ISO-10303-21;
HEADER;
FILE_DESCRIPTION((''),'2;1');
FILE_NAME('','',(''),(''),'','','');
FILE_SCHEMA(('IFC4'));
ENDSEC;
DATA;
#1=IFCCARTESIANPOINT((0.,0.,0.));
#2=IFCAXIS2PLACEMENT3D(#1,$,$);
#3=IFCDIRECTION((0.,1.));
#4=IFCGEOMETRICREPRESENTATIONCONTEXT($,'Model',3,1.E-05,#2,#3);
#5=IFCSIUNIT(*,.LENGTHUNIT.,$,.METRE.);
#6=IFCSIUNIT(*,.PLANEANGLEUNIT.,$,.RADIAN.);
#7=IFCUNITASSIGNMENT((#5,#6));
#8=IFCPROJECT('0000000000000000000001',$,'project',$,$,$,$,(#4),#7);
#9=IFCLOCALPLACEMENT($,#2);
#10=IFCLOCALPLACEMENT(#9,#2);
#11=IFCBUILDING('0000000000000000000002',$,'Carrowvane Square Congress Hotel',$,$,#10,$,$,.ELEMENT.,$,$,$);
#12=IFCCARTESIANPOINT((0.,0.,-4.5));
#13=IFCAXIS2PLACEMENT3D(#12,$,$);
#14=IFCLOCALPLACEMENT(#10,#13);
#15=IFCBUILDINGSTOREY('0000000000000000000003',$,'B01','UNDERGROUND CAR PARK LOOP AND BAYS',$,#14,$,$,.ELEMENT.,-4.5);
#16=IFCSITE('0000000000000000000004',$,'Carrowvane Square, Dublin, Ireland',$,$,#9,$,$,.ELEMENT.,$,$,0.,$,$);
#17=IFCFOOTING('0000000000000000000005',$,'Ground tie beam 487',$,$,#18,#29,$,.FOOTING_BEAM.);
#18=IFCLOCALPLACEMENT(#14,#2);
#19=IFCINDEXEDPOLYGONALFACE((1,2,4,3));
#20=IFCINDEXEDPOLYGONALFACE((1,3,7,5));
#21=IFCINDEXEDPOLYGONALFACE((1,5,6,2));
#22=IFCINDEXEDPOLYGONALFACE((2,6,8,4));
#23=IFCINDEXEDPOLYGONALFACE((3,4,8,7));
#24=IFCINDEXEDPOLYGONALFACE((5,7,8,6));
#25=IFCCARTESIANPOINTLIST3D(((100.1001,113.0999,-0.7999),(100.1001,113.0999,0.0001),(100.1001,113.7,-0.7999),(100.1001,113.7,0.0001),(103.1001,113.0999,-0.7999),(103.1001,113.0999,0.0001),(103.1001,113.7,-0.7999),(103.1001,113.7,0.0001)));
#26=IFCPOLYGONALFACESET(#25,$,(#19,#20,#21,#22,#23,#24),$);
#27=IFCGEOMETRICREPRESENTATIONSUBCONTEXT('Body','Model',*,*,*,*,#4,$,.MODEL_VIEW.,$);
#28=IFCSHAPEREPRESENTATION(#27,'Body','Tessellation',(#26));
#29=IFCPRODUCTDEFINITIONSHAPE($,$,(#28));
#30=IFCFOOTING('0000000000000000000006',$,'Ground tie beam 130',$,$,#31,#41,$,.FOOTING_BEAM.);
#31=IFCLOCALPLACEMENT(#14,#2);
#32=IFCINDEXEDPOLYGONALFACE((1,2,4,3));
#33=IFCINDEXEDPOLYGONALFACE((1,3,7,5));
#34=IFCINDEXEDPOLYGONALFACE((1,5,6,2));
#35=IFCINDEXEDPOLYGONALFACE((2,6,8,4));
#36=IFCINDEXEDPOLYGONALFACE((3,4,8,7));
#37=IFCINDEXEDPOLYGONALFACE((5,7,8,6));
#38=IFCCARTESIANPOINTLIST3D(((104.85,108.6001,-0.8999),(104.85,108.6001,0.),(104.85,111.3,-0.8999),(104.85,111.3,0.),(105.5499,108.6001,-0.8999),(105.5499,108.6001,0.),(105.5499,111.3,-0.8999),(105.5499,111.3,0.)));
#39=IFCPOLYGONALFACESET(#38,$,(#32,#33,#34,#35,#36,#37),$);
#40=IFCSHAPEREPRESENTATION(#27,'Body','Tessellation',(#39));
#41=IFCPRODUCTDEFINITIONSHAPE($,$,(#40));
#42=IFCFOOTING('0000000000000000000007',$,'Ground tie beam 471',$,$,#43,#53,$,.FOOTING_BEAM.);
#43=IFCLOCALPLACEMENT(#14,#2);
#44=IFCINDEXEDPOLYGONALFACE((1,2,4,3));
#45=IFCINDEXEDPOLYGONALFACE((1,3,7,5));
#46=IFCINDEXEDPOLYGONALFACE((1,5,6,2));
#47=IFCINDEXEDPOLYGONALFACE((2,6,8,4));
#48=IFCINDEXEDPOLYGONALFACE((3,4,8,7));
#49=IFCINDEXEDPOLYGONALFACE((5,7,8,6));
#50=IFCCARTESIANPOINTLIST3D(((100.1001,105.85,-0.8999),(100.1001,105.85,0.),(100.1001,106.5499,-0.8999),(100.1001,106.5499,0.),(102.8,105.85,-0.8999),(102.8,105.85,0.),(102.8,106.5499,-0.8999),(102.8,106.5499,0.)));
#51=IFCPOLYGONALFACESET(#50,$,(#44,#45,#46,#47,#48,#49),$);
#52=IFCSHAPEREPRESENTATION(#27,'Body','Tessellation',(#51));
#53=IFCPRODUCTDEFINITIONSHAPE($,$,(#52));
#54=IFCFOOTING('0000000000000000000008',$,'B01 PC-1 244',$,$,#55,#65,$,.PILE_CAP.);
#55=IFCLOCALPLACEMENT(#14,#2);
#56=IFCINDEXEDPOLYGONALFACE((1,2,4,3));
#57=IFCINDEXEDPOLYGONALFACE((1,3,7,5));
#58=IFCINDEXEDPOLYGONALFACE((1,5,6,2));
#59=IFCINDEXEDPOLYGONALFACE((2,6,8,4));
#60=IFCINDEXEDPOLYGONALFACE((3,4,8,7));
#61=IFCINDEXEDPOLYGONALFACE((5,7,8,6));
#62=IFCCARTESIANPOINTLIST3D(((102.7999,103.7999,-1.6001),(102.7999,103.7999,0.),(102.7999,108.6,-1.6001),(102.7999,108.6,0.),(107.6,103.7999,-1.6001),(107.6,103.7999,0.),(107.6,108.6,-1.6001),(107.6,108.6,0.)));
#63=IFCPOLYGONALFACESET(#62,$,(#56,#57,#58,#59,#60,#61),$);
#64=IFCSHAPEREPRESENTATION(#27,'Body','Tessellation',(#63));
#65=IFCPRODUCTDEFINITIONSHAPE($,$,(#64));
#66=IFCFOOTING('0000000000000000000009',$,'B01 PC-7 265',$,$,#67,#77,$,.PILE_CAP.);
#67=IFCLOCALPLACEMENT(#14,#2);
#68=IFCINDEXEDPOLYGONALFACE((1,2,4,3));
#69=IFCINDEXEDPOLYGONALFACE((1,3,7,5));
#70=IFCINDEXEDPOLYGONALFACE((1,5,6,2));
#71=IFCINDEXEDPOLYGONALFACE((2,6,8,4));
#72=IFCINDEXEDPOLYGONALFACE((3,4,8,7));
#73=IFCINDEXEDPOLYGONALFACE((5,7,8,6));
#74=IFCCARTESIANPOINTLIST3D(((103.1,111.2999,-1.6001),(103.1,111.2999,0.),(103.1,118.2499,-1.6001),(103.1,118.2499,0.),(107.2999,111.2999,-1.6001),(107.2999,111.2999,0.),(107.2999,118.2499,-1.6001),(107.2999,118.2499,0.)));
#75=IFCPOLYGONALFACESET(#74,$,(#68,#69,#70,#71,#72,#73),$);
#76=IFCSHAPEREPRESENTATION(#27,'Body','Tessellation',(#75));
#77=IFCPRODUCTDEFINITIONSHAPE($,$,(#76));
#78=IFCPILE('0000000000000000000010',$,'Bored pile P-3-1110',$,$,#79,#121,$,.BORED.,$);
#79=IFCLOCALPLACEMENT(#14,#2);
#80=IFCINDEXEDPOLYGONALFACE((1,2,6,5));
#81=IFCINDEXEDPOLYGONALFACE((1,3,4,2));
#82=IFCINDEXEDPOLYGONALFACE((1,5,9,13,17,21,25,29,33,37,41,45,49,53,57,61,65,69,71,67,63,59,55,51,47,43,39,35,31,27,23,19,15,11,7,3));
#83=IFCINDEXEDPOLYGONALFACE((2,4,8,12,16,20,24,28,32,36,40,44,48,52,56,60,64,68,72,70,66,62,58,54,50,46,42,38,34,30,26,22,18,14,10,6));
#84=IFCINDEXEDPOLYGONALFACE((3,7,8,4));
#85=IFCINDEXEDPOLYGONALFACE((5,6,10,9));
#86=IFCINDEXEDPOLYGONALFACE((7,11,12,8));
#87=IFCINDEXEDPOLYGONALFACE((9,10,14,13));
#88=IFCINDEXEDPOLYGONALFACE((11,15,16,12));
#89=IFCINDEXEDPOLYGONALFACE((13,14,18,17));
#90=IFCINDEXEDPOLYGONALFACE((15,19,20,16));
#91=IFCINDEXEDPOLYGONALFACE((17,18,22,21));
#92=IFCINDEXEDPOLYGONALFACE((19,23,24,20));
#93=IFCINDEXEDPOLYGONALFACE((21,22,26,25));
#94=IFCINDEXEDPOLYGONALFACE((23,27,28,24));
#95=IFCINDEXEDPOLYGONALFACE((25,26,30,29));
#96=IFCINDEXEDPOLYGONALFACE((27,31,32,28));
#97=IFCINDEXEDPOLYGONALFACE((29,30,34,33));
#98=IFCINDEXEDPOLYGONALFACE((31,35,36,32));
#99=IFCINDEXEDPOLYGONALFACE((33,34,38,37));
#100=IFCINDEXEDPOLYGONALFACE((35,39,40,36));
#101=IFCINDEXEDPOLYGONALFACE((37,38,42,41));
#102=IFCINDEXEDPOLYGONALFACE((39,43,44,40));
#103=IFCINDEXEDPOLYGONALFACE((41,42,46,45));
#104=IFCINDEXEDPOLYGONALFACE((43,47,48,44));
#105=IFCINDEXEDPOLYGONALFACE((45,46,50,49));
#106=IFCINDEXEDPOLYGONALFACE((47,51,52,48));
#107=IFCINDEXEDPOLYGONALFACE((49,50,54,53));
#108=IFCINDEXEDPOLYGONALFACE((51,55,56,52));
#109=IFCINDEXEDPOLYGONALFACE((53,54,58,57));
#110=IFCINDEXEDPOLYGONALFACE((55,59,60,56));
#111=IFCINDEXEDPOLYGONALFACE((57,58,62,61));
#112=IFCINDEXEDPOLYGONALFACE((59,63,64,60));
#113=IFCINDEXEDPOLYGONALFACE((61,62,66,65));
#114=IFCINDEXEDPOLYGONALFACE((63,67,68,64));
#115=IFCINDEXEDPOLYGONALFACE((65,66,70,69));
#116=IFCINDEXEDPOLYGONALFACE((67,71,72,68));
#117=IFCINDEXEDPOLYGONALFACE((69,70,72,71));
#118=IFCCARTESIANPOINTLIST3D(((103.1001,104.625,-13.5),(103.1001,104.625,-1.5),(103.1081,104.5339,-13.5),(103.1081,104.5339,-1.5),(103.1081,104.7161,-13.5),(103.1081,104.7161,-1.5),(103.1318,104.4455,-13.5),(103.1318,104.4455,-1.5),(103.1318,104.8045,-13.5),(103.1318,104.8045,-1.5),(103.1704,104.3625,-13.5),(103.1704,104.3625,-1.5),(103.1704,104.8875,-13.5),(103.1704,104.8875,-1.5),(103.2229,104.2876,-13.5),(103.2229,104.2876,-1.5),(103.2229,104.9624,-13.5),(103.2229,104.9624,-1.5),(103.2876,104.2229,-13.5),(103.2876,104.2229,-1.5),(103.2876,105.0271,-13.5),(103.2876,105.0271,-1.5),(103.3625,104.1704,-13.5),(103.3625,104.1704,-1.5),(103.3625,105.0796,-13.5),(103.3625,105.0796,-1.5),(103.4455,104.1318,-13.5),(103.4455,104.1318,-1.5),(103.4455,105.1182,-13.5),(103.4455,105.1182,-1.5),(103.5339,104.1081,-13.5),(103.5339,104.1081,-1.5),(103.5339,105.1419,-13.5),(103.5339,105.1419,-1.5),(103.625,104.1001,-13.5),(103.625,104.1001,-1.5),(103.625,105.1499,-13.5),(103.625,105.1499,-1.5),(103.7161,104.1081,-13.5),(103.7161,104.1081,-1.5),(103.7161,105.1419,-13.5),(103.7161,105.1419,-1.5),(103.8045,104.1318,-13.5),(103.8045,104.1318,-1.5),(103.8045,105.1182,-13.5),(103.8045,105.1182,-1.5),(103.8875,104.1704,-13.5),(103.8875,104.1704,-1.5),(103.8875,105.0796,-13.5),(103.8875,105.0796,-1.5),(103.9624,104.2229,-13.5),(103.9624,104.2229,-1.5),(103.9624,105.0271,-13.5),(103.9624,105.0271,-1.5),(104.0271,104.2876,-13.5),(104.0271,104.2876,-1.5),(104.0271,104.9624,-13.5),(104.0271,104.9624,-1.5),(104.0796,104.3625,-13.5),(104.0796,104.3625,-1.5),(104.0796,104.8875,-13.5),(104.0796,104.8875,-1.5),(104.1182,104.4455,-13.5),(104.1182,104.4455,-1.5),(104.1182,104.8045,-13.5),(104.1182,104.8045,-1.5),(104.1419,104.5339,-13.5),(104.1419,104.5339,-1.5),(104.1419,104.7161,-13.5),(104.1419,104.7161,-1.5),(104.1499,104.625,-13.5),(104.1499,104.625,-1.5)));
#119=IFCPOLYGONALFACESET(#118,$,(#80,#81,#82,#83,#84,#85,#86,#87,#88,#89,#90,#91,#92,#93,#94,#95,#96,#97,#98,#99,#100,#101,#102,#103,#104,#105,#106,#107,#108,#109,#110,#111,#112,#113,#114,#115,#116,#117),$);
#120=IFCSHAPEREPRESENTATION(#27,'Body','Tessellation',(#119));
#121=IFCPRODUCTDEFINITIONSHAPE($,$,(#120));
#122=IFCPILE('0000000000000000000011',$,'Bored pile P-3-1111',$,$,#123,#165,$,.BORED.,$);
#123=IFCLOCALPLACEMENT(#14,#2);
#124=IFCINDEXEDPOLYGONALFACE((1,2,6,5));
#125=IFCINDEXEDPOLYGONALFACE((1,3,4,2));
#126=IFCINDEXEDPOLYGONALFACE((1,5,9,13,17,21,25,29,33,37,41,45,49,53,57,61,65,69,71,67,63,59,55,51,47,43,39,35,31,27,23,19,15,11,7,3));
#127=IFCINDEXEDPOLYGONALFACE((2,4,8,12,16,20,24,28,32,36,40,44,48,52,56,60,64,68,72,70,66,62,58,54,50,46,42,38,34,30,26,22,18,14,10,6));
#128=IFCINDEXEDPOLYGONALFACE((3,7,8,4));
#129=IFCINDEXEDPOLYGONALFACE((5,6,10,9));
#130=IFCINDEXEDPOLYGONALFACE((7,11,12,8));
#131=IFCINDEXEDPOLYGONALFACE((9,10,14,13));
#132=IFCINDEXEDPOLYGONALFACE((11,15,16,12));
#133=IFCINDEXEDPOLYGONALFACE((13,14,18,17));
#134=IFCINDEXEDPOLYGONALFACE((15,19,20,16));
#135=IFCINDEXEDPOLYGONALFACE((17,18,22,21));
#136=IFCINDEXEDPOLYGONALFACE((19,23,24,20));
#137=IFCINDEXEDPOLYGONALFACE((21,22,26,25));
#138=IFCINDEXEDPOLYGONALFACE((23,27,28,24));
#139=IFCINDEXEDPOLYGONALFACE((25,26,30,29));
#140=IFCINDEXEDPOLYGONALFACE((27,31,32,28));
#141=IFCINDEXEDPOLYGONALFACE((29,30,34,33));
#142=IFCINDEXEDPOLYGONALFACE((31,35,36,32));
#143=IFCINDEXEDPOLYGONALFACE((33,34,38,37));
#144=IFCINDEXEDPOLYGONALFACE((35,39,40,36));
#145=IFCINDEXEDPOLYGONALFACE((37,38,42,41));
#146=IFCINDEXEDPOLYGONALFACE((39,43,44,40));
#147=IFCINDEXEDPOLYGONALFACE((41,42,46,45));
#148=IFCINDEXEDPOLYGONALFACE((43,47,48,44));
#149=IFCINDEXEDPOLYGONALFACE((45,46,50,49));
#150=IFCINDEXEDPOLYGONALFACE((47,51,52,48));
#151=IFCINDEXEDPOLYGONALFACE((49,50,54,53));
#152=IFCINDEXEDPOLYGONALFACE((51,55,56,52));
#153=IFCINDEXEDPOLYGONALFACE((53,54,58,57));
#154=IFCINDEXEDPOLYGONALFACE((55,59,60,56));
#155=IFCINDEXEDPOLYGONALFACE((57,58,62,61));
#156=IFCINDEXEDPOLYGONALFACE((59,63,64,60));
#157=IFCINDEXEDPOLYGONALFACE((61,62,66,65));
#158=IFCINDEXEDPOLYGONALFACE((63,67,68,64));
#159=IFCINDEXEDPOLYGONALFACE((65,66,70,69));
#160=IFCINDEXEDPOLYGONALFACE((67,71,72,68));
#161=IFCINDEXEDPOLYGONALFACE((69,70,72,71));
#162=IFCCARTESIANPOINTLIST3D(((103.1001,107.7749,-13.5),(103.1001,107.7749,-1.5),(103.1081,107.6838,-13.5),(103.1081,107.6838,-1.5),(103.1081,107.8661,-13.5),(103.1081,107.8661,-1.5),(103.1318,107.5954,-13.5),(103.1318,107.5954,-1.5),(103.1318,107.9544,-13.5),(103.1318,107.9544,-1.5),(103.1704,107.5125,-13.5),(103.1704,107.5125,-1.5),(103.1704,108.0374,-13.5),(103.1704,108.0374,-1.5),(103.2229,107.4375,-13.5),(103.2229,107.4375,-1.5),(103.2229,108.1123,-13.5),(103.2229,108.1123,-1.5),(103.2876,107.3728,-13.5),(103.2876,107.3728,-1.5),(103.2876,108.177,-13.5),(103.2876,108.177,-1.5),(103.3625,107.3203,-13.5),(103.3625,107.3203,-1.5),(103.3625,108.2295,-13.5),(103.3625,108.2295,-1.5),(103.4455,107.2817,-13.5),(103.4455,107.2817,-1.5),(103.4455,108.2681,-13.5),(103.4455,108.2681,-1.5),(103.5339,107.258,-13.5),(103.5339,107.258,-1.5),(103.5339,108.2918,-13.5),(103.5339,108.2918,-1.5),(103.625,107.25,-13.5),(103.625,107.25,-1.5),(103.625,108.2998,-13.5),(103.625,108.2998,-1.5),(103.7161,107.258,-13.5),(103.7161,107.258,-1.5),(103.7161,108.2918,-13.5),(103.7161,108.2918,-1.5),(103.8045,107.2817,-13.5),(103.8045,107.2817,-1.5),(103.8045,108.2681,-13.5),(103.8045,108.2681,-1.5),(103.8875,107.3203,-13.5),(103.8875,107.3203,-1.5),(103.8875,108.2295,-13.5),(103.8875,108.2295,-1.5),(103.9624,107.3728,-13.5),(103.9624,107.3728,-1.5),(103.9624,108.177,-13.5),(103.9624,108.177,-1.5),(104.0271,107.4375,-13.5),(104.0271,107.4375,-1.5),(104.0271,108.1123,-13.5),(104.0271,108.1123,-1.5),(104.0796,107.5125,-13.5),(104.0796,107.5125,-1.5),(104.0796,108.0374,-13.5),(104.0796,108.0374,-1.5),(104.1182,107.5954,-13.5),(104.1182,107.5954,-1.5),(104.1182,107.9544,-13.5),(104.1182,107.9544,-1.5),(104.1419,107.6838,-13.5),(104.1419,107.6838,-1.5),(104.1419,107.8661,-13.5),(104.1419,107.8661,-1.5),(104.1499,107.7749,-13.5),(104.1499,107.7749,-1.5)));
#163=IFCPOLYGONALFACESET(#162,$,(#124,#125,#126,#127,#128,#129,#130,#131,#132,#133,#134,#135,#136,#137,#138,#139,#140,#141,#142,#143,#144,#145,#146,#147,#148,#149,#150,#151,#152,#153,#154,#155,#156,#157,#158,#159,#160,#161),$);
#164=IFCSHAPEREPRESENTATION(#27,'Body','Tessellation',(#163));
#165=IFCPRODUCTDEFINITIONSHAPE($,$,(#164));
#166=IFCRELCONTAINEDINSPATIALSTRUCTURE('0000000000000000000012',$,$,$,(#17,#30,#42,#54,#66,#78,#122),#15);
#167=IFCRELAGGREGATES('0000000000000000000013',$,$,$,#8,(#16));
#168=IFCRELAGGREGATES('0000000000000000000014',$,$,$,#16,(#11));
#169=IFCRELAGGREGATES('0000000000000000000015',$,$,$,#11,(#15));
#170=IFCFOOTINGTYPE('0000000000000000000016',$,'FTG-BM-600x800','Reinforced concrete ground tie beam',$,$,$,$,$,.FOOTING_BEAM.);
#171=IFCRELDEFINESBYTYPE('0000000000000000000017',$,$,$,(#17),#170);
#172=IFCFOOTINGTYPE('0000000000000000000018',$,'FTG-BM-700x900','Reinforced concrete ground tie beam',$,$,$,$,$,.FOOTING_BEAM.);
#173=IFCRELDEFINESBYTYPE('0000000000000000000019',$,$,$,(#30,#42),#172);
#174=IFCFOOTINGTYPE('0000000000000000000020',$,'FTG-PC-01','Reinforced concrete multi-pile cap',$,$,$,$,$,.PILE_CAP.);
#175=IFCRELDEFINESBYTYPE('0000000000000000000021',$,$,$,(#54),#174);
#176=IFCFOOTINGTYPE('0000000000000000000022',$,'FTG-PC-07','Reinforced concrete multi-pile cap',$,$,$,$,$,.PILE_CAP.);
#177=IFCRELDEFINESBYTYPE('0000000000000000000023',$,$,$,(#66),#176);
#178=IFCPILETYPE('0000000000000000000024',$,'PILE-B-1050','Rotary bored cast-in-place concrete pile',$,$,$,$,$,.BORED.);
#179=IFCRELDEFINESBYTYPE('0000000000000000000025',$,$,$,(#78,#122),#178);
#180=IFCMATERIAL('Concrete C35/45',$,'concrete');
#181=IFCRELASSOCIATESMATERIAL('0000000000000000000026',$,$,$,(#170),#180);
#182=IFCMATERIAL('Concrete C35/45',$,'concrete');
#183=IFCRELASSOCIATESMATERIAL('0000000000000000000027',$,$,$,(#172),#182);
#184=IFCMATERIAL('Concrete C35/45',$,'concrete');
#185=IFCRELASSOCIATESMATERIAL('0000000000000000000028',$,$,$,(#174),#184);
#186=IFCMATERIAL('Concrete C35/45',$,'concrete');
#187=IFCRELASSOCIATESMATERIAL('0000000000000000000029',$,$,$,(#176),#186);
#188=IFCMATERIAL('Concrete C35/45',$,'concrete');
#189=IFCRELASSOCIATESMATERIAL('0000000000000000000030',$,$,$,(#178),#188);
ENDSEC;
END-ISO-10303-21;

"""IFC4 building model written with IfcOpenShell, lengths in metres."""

from ifc_helpers import new_model, si_unit, direction, frame, origin, origin_2d, place, context, subcontext, project, spatial, rectangle, circle, extrude, material, material_profile, profile_set, type_object, element, save


model = new_model("IFC4")

# Units and contexts
model_context = context("Model", 3, precision=1e-05, world=origin(), true_north=direction((0.0, 1.0)))
body_context = subcontext(model_context, "Body", "Model", "MODEL_VIEW")
ifc_project = project(units=[si_unit("LENGTHUNIT", "METRE"), si_unit("PLANEANGLEUNIT", "RADIAN")], contexts=[model_context])

# Site, building, storey
site_placement = place(None, origin())
site = spatial("IfcSite", under=ifc_project, at=site_placement, Name="Carrowvane Square, Dublin, Ireland", CompositionType="ELEMENT", RefElevation=0.0)
building_placement = place(site_placement, origin())
building = spatial("IfcBuilding", under=site, at=building_placement, Name="Carrowvane Square Congress Hotel", CompositionType="ELEMENT")
storey_placement = place(building_placement, frame((0.0, 0.0, -4.5)))
storey = spatial("IfcBuildingStorey", under=building, at=storey_placement, Name="B01", Description="UNDERGROUND CAR PARK LOOP AND BAYS", CompositionType="ELEMENT", Elevation=-4.5)

# Footings
ifc_material_1 = material(Name="Concrete C35/45", Category="concrete")
ifc_material_profile_1 = material_profile(ifc_material_1, rectangle(XDim=0.6001, YDim=0.8, at=origin_2d()), Name="RC 600x800")
ifc_profile_set_1 = profile_set([ifc_material_profile_1], Name="Concrete C35/45")
footing_type_1 = type_object("IfcFootingType", Name="FTG-BM-600x800", Description="Reinforced concrete ground tie beam", PredefinedType="FOOTING_BEAM", material=ifc_profile_set_1)
footing_1_placement = place(storey_placement, frame((100.1001, 113.3999, -0.3999), z_axis=(1.0, 0.0, 0.0), x_axis=(0.0, 1.0, 0.0)))
element("IfcFooting", 1, at=footing_1_placement, inside=storey, type_object=footing_type_1, Name="Ground tie beam 487", PredefinedType="FOOTING_BEAM", context=body_context, shape_type="SweptSolid", body=[
    extrude(rectangle(XDim=0.6001, YDim=0.8, at=origin_2d()), origin(), (0.0, 0.0, 1.0), 3.0),
])
ifc_material_2 = material(Name="Concrete C35/45", Category="concrete")
ifc_material_profile_2 = material_profile(ifc_material_2, rectangle(XDim=0.7, YDim=0.8999, at=origin_2d()), Name="RC 700x900")
ifc_profile_set_2 = profile_set([ifc_material_profile_2], Name="Concrete C35/45")
footing_type_2 = type_object("IfcFootingType", Name="FTG-BM-700x900", Description="Reinforced concrete ground tie beam", PredefinedType="FOOTING_BEAM", material=ifc_profile_set_2)
for number, where, z_axis, x_axis, name in (
    (2, (105.2, 108.6001, -0.45), (0.0, 1.0, 0.0), (-1.0, 0.0, 0.0), "Ground tie beam 130"),
    (3, (100.1001, 106.2, -0.45), (1.0, 0.0, 0.0), (0.0, 1.0, 0.0), "Ground tie beam 471"),
):
    element("IfcFooting", number, at=place(storey_placement, frame(where, z_axis=z_axis, x_axis=x_axis)), inside=storey, type_object=footing_type_2, Name=name, PredefinedType="FOOTING_BEAM", context=body_context, shape_type="SweptSolid", body=[
        extrude(rectangle(XDim=0.7, YDim=0.8999, at=origin_2d()), origin(), (0.0, 0.0, 1.0), 2.7),
    ])
ifc_material_3 = material(Name="Concrete C35/45", Category="concrete")
footing_type_3 = type_object("IfcFootingType", Name="FTG-PC-01", Description="Reinforced concrete multi-pile cap", PredefinedType="PILE_CAP", material=ifc_material_3)
footing_2_placement = place(storey_placement, frame((105.2, 106.2, -1.6001), z_axis=(0.0, 0.0, 1.0), x_axis=(1.0, 0.0, 0.0)))
element("IfcFooting", 4, at=footing_2_placement, inside=storey, type_object=footing_type_3, Name="B01 PC-1 244", PredefinedType="PILE_CAP", context=body_context, shape_type="SweptSolid", body=[
    extrude(rectangle(XDim=4.8, YDim=4.8, at=origin_2d()), origin(), (0.0, 0.0, 1.0), 1.6001),
])
ifc_material_4 = material(Name="Concrete C35/45", Category="concrete")
footing_type_4 = type_object("IfcFootingType", Name="FTG-PC-07", Description="Reinforced concrete multi-pile cap", PredefinedType="PILE_CAP", material=ifc_material_4)
footing_3_placement = place(storey_placement, frame((105.2, 114.7749, -1.6001), z_axis=(0.0, 0.0, 1.0), x_axis=(1.0, 0.0, 0.0)))
element("IfcFooting", 5, at=footing_3_placement, inside=storey, type_object=footing_type_4, Name="B01 PC-7 265", PredefinedType="PILE_CAP", context=body_context, shape_type="SweptSolid", body=[
    extrude(rectangle(XDim=4.2, YDim=6.95, at=origin_2d()), origin(), (0.0, 0.0, 1.0), 1.6001),
])

# Piles
ifc_material_5 = material(Name="Concrete C35/45", Category="concrete")
ifc_material_profile_3 = material_profile(ifc_material_5, circle(Radius=0.5249, at=origin_2d()), Name="PILE D1050")
ifc_profile_set_3 = profile_set([ifc_material_profile_3], Name="Concrete C35/45")
pile_type_1 = type_object("IfcPileType", Name="PILE-B-1050", Description="Rotary bored cast-in-place concrete pile", PredefinedType="BORED", material=ifc_profile_set_3)
for number, where, z_axis, x_axis, name in (
    (6, (103.625, 104.625, -1.5), (0.0, 0.0, -1.0), (1.0, 0.0, 0.0), "Bored pile P-3-1110"),
    (7, (103.625, 107.7749, -1.5), (0.0, 0.0, -1.0), (1.0, 0.0, 0.0), "Bored pile P-3-1111"),
):
    element("IfcPile", number, at=place(storey_placement, frame(where, z_axis=z_axis, x_axis=x_axis)), inside=storey, type_object=pile_type_1, Name=name, PredefinedType="BORED", context=body_context, shape_type="SweptSolid", body=[
        extrude(circle(Radius=0.5249, at=origin_2d()), origin(), (0.0, 0.0, 1.0), 12.0),
    ])

save(model, "model.ifc")
